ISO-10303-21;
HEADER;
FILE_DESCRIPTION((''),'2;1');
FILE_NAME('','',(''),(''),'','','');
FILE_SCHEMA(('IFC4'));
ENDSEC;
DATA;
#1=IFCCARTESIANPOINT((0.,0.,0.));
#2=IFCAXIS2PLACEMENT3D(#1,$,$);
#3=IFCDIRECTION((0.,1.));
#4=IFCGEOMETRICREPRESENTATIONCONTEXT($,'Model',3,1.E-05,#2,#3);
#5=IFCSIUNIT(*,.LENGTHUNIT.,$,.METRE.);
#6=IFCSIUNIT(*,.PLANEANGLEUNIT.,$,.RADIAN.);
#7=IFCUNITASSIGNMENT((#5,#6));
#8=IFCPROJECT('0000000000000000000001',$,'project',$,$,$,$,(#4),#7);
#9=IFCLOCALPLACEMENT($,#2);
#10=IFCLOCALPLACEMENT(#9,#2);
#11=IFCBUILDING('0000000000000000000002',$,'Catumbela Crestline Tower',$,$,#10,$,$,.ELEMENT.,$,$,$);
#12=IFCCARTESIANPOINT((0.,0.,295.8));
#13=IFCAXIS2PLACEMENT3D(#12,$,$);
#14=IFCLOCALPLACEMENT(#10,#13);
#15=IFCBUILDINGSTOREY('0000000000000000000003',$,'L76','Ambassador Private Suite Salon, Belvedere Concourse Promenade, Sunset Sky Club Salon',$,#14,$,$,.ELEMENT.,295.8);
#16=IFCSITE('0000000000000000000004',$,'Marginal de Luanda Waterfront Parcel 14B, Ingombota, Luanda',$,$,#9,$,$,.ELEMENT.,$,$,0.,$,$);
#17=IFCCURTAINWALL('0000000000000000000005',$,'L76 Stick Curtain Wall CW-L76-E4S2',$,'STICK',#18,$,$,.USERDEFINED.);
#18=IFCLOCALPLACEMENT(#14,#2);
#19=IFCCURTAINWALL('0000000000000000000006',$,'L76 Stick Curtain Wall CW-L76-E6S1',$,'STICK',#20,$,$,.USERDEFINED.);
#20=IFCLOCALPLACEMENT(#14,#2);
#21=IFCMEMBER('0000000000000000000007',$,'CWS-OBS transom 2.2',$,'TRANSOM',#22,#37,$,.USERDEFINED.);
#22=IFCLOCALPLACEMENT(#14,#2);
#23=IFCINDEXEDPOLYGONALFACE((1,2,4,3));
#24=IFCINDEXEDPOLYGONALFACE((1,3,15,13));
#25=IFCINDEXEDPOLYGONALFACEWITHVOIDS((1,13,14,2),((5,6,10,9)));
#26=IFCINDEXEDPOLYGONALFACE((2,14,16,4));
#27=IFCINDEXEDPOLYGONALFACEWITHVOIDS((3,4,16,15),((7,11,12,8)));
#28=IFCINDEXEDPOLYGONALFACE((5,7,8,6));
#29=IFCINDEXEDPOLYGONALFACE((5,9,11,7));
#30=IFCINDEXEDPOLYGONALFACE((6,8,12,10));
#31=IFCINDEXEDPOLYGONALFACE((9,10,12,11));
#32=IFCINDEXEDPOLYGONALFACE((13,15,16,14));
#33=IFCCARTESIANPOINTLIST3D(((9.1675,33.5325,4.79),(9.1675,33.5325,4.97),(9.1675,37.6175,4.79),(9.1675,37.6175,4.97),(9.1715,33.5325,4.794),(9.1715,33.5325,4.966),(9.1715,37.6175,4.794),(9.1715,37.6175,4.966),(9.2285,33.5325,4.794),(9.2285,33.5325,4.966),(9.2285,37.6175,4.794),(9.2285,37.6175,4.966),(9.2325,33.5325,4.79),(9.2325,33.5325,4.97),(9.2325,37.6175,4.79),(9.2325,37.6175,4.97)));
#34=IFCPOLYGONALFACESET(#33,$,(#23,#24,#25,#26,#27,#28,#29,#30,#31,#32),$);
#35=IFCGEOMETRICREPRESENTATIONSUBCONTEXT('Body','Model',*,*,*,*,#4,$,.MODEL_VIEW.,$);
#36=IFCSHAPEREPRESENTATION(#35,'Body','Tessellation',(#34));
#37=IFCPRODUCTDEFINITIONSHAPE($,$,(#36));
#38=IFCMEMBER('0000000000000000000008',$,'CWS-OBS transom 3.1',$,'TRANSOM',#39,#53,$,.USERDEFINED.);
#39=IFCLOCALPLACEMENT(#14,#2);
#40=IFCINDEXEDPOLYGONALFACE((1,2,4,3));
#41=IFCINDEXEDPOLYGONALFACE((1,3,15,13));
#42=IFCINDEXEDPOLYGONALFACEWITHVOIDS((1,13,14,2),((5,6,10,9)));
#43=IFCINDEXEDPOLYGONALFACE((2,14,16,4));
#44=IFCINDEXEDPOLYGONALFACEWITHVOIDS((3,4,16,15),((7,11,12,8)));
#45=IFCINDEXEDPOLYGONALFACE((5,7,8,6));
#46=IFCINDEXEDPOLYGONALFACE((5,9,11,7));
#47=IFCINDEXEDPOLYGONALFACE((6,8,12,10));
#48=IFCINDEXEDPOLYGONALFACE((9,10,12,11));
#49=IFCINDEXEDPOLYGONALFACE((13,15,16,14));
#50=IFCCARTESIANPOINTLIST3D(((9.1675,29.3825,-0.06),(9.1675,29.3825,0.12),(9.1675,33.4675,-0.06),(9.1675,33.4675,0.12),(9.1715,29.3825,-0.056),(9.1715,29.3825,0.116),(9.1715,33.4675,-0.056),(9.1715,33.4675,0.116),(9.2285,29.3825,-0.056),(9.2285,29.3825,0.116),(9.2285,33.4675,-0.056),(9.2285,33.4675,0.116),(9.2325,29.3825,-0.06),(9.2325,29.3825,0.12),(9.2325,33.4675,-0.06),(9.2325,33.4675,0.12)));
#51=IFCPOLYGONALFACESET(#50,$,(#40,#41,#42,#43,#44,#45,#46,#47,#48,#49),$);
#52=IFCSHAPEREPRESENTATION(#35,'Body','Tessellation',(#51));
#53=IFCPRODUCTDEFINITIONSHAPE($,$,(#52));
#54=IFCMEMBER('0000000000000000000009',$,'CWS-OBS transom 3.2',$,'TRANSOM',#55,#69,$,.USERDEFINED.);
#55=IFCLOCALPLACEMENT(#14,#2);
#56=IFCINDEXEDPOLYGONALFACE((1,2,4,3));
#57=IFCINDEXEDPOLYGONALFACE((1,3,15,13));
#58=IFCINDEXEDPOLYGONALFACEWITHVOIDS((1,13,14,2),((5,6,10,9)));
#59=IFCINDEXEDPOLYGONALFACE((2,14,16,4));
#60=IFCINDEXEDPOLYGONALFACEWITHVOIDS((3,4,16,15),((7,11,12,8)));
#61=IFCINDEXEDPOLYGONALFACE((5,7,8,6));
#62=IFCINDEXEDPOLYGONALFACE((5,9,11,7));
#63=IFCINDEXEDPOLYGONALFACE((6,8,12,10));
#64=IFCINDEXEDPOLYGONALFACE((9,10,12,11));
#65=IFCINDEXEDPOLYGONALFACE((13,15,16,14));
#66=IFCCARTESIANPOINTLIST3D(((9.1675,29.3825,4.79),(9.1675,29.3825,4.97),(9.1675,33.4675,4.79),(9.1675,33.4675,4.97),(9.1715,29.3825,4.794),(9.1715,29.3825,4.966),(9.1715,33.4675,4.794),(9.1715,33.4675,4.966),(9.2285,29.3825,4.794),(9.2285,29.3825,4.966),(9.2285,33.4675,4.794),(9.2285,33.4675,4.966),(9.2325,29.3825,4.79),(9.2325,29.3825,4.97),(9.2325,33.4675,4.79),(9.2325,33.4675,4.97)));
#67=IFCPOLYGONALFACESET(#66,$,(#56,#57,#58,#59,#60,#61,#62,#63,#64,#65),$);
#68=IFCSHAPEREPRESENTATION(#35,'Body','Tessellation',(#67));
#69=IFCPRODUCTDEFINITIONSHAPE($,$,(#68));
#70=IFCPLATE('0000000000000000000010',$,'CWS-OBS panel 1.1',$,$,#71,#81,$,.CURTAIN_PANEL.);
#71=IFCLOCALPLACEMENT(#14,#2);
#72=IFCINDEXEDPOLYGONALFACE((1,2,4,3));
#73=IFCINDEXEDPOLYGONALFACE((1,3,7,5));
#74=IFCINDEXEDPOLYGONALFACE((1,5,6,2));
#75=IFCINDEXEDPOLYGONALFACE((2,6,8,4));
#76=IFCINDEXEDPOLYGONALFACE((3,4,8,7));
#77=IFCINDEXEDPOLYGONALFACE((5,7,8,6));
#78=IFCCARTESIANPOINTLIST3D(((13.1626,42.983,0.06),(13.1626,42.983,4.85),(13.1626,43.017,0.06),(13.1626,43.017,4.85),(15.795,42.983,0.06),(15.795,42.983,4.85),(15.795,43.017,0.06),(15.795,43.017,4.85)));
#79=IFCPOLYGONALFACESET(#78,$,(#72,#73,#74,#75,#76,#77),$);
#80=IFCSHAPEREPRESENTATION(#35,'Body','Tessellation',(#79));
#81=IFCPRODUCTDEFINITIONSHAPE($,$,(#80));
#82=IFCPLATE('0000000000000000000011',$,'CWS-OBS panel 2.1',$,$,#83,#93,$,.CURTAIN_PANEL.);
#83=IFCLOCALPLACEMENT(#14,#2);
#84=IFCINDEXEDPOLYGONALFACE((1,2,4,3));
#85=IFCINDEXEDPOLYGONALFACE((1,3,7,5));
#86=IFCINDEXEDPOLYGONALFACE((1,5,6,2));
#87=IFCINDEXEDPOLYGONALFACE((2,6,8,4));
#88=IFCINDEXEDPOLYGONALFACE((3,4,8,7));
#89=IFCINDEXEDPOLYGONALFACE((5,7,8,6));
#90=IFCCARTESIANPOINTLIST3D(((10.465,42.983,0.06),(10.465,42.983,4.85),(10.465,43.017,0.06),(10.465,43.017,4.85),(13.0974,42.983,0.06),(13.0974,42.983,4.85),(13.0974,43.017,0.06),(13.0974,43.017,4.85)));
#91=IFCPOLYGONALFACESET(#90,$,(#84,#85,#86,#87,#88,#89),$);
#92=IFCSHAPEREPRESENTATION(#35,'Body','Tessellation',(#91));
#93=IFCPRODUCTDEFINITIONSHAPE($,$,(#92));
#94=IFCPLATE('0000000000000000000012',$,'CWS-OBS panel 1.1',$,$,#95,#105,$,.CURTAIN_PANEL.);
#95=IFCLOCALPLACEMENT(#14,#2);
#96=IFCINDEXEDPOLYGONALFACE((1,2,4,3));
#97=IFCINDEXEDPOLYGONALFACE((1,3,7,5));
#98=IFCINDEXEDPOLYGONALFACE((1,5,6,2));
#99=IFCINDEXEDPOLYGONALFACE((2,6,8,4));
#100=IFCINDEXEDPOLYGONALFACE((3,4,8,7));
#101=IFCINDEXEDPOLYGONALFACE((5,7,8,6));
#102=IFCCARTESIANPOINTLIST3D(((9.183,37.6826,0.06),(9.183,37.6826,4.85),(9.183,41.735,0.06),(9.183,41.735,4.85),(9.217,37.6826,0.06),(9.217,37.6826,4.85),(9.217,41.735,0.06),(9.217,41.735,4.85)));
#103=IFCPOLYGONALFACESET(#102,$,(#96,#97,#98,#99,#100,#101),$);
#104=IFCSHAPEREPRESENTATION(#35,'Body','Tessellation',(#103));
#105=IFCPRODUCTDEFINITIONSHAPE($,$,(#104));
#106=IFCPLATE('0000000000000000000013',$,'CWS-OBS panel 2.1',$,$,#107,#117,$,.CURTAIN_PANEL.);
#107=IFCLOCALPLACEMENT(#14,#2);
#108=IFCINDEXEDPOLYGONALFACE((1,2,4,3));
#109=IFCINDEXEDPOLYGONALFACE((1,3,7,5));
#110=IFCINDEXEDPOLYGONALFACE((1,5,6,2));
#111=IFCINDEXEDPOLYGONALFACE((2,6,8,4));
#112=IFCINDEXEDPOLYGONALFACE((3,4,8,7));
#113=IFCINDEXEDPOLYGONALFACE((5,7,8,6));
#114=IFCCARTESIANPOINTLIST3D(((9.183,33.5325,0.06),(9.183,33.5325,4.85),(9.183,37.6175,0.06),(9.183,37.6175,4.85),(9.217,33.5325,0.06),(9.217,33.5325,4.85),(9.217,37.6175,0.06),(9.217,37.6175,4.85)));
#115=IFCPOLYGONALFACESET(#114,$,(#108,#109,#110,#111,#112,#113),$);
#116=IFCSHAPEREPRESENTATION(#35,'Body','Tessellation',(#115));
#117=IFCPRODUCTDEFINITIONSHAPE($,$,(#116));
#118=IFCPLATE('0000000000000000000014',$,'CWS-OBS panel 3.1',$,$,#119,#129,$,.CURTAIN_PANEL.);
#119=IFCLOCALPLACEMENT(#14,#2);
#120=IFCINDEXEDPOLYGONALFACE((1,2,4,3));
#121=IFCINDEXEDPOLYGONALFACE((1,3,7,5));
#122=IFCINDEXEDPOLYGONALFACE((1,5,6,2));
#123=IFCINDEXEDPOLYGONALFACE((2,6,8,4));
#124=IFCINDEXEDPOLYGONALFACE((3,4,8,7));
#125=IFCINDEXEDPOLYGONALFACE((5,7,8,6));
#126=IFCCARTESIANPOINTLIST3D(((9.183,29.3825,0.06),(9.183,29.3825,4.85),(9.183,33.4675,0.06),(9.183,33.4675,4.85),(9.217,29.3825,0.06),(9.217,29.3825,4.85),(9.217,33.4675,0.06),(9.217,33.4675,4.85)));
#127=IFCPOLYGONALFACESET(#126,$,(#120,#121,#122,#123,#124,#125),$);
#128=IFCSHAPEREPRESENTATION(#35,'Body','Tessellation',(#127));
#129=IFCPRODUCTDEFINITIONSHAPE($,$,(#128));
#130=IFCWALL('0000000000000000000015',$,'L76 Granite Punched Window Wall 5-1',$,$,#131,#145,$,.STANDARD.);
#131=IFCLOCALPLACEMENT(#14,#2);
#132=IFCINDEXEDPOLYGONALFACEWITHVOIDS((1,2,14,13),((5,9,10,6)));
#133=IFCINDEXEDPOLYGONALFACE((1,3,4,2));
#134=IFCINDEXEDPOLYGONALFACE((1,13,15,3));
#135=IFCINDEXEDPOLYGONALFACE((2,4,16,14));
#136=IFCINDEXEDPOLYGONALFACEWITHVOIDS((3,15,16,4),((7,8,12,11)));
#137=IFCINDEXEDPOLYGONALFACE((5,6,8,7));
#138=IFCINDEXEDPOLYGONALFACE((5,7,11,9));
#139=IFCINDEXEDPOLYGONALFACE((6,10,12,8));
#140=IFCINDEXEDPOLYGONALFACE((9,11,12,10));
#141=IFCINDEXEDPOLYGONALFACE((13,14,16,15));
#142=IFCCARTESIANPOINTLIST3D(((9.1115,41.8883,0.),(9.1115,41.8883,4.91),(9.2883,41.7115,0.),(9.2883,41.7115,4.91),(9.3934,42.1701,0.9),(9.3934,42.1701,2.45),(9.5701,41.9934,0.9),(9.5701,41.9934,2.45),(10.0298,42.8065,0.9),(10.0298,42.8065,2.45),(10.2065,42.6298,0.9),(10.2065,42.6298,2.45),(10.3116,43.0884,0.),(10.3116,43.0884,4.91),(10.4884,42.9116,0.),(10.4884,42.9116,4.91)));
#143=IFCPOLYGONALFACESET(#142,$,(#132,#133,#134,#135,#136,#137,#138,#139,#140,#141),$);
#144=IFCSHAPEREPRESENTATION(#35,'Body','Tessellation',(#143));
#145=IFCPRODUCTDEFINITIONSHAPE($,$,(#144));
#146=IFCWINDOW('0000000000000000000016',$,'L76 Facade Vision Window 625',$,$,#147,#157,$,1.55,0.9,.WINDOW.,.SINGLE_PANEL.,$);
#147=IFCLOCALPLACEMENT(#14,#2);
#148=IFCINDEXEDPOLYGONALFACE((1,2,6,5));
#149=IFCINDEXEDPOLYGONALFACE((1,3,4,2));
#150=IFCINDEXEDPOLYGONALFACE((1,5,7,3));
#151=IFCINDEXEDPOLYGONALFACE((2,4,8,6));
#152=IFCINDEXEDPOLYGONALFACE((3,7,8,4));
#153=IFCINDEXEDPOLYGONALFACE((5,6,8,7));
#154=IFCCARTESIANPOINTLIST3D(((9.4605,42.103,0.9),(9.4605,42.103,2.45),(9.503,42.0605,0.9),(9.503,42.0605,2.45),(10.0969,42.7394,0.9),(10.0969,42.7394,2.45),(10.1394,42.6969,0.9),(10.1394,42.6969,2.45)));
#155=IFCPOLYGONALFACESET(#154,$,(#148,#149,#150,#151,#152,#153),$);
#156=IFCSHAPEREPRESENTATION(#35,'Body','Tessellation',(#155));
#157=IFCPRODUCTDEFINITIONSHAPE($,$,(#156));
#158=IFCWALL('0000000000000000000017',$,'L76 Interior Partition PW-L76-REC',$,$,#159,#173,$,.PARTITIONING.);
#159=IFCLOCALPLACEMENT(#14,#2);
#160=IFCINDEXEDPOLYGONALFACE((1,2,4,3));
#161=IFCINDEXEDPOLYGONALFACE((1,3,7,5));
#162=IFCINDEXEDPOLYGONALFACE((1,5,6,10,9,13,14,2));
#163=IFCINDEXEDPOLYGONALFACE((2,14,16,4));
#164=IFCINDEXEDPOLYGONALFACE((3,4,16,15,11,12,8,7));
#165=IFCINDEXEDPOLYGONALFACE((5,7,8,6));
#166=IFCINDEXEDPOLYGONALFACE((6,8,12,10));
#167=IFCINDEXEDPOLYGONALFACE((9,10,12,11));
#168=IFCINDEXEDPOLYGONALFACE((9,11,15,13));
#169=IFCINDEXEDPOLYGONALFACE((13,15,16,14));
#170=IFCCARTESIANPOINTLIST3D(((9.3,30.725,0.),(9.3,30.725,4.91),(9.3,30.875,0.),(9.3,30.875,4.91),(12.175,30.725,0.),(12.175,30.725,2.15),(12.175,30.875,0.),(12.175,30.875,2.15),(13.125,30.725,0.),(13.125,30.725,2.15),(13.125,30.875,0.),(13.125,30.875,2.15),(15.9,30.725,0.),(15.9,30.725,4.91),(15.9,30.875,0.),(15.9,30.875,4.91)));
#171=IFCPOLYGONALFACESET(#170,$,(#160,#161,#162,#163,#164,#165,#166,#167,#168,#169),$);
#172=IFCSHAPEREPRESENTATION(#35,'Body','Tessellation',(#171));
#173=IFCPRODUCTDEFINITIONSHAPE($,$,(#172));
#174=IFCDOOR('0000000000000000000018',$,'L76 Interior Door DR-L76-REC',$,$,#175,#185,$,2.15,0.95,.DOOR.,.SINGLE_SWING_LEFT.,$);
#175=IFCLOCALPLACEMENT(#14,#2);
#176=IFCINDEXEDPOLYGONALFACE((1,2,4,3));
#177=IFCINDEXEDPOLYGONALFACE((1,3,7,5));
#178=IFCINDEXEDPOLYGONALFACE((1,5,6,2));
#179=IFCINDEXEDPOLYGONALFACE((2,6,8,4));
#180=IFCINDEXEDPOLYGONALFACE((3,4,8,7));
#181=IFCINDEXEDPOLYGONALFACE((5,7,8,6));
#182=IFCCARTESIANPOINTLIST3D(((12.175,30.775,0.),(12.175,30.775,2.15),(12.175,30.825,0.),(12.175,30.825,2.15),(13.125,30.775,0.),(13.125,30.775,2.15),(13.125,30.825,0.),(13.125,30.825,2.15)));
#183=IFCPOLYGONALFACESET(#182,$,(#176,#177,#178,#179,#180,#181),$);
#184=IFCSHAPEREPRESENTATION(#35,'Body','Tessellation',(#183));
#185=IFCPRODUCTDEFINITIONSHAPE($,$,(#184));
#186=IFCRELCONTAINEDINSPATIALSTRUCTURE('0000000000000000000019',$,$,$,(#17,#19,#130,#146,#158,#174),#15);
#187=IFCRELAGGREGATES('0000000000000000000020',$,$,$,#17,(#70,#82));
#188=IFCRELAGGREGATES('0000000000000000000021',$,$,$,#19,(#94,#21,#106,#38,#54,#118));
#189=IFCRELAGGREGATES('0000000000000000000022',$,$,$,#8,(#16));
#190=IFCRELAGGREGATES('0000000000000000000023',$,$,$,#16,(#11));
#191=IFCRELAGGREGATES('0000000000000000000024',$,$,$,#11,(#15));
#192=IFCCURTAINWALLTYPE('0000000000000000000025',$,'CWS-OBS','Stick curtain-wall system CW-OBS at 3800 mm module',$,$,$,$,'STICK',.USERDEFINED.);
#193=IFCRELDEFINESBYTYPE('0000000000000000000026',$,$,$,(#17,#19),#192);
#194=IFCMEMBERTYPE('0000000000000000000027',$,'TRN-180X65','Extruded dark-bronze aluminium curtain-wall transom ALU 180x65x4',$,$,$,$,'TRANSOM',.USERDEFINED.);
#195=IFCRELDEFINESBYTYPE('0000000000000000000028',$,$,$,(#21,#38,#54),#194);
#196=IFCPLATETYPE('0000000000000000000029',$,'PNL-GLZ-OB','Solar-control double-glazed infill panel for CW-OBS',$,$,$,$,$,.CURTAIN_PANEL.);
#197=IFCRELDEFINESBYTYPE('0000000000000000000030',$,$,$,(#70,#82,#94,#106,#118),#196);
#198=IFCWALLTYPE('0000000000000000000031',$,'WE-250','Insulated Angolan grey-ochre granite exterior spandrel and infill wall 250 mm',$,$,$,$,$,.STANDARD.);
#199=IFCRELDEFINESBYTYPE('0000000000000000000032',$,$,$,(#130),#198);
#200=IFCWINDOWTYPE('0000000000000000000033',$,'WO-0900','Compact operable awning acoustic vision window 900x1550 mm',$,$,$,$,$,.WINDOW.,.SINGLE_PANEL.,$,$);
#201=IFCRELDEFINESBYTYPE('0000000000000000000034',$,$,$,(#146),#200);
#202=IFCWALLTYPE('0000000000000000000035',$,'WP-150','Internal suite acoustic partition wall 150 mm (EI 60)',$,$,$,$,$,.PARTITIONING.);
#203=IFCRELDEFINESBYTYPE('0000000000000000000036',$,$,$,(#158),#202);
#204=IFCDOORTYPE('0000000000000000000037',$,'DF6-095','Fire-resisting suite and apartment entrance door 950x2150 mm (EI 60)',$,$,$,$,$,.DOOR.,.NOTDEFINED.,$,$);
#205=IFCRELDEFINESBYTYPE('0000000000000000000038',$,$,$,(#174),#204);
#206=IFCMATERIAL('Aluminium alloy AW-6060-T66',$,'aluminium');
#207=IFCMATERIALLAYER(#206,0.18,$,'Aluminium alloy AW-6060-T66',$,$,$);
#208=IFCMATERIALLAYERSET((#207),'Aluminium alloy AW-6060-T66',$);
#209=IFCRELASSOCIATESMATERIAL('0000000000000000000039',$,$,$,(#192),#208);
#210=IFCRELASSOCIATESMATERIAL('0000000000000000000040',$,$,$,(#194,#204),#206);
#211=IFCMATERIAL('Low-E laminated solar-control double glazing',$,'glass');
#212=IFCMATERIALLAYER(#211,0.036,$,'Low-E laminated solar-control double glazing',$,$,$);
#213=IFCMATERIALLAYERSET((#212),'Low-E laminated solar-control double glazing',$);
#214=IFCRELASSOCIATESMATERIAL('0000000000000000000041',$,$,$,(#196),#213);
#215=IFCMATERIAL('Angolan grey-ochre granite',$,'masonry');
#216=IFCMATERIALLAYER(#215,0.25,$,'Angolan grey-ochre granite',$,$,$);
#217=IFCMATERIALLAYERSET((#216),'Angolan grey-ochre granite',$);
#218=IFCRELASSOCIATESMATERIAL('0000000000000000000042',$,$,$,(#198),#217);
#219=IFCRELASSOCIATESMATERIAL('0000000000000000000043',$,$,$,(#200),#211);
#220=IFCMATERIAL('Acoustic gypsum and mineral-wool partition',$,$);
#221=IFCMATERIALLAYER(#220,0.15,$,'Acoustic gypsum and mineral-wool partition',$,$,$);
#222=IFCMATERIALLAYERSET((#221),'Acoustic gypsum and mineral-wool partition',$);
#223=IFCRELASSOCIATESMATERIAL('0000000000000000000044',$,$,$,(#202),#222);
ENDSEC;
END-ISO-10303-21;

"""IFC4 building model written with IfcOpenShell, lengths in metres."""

from ifc_helpers import new_model, si_unit, direction, frame, frame_2d, origin, origin_2d, place, context, subcontext, project, spatial, rectangle, hollow_rectangle, extrude, material, layer, layer_set, material_profile, profile_set, type_object, element, fill, aggregate, save


model = new_model("IFC4")

# Units and contexts
model_context = context("Model", 3, precision=1e-05, world=origin(), true_north=direction((0.0, 1.0)))
body_context = subcontext(model_context, "Body", "Model", "MODEL_VIEW")
ifc_project = project(units=[si_unit("LENGTHUNIT", "METRE"), si_unit("PLANEANGLEUNIT", "RADIAN")], contexts=[model_context])

# Site, building, storey
site_placement = place(None, origin())
site = spatial("IfcSite", under=ifc_project, at=site_placement, Name="Marginal de Luanda Waterfront Parcel 14B, Ingombota, Luanda", CompositionType="ELEMENT", RefElevation=0.0)
building_placement = place(site_placement, origin())
building = spatial("IfcBuilding", under=site, at=building_placement, Name="Catumbela Crestline Tower", CompositionType="ELEMENT")
storey_placement = place(building_placement, frame((0.0, 0.0, 295.8)))
storey = spatial("IfcBuildingStorey", under=building, at=storey_placement, Name="L76", Description="Ambassador Private Suite Salon, Belvedere Concourse Promenade, Sunset Sky Club Salon", CompositionType="ELEMENT", Elevation=295.8)

# Curtain walls
ifc_material_1 = material(Name="Aluminium alloy AW-6060-T66", Category="aluminium")
ifc_layer_1 = layer(ifc_material_1, 0.18, Name="Aluminium alloy AW-6060-T66")
ifc_layer_set_1 = layer_set([ifc_layer_1], Name="Aluminium alloy AW-6060-T66")
curtain_wall_type = type_object("IfcCurtainWallType", Name="CWS-OBS", Description="Stick curtain-wall system CW-OBS at 3800 mm module", ElementType="STICK", PredefinedType="USERDEFINED", material=ifc_layer_set_1)
curtain_wall_1_placement = place(storey_placement, origin())
curtain_wall_1 = element("IfcCurtainWall", 1, at=curtain_wall_1_placement, inside=storey, type_object=curtain_wall_type, Name="L76 Stick Curtain Wall CW-L76-E4S2", ObjectType="STICK", PredefinedType="USERDEFINED")
curtain_wall_2_placement = place(storey_placement, origin())
curtain_wall_2 = element("IfcCurtainWall", 2, at=curtain_wall_2_placement, inside=storey, type_object=curtain_wall_type, Name="L76 Stick Curtain Wall CW-L76-E6S1", ObjectType="STICK", PredefinedType="USERDEFINED")

# Members
ifc_material_profile_1 = material_profile(ifc_material_1, hollow_rectangle(XDim=0.065, YDim=0.18, WallThickness=0.004, at=origin_2d()), Name="ALU 180x65x4")
ifc_profile_set_1 = profile_set([ifc_material_profile_1], Name="Aluminium alloy AW-6060-T66")
member_type_1 = type_object("IfcMemberType", Name="TRN-180X65", Description="Extruded dark-bronze aluminium curtain-wall transom ALU 180x65x4", ElementType="TRANSOM", PredefinedType="USERDEFINED", material=ifc_profile_set_1)
member_1_placement = place(storey_placement, frame((9.2, 37.6175, 4.88), z_axis=(0.0, -1.0, 0.0), x_axis=(1.0, 0.0, 0.0)))
member_1 = element("IfcMember", 3, at=member_1_placement, type_object=member_type_1, Name="CWS-OBS transom 2.2", ObjectType="TRANSOM", PredefinedType="USERDEFINED", context=body_context, shape_type="SweptSolid", body=[
    extrude(hollow_rectangle(XDim=0.065, YDim=0.18, WallThickness=0.004, at=origin_2d()), origin(), (0.0, 0.0, 1.0), 4.085),
])
member_2_placement = place(storey_placement, frame((9.2, 33.4675, 0.03), z_axis=(0.0, -1.0, 0.0), x_axis=(1.0, 0.0, 0.0)))
member_2 = element("IfcMember", 4, at=member_2_placement, type_object=member_type_1, Name="CWS-OBS transom 3.1", ObjectType="TRANSOM", PredefinedType="USERDEFINED", context=body_context, shape_type="SweptSolid", body=[
    extrude(hollow_rectangle(XDim=0.065, YDim=0.18, WallThickness=0.004, at=origin_2d()), origin(), (0.0, 0.0, 1.0), 4.085),
])
member_3_placement = place(storey_placement, frame((9.2, 33.4675, 4.88), z_axis=(0.0, -1.0, 0.0), x_axis=(1.0, 0.0, 0.0)))
member_3 = element("IfcMember", 5, at=member_3_placement, type_object=member_type_1, Name="CWS-OBS transom 3.2", ObjectType="TRANSOM", PredefinedType="USERDEFINED", context=body_context, shape_type="SweptSolid", body=[
    extrude(hollow_rectangle(XDim=0.065, YDim=0.18, WallThickness=0.004, at=origin_2d()), origin(), (0.0, 0.0, 1.0), 4.085),
])

# Plates
ifc_material_2 = material(Name="Low-E laminated solar-control double glazing", Category="glass")
ifc_layer_2 = layer(ifc_material_2, 0.036, Name="Low-E laminated solar-control double glazing")
ifc_layer_set_2 = layer_set([ifc_layer_2], Name="Low-E laminated solar-control double glazing")
plate_type = type_object("IfcPlateType", Name="PNL-GLZ-OB", Description="Solar-control double-glazed infill panel for CW-OBS", PredefinedType="CURTAIN_PANEL", material=ifc_layer_set_2)
plate_1_placement = place(storey_placement, frame((14.4788, 43.0, 0.06), z_axis=(0.0, 0.0, 1.0), x_axis=(-1.0, 0.0, 0.0)))
plate_1 = element("IfcPlate", 6, at=plate_1_placement, type_object=plate_type, Name="CWS-OBS panel 1.1", PredefinedType="CURTAIN_PANEL", context=body_context, shape_type="SweptSolid", body=[
    extrude(rectangle(XDim=2.6325, YDim=0.034, at=origin_2d()), origin(), (0.0, 0.0, 1.0), 4.79),
])
plate_2_placement = place(storey_placement, frame((11.7812, 43.0, 0.06), z_axis=(0.0, 0.0, 1.0), x_axis=(-1.0, 0.0, 0.0)))
plate_2 = element("IfcPlate", 7, at=plate_2_placement, type_object=plate_type, Name="CWS-OBS panel 2.1", PredefinedType="CURTAIN_PANEL", context=body_context, shape_type="SweptSolid", body=[
    extrude(rectangle(XDim=2.6325, YDim=0.034, at=origin_2d()), origin(), (0.0, 0.0, 1.0), 4.79),
])
aggregate(curtain_wall_1, [plate_1, plate_2])
plate_3_placement = place(storey_placement, frame((9.2, 39.7088, 0.06), z_axis=(0.0, 0.0, 1.0), x_axis=(0.0, -1.0, 0.0)))
plate_3 = element("IfcPlate", 8, at=plate_3_placement, type_object=plate_type, Name="CWS-OBS panel 1.1", PredefinedType="CURTAIN_PANEL", context=body_context, shape_type="SweptSolid", body=[
    extrude(rectangle(XDim=4.0525, YDim=0.034, at=origin_2d()), origin(), (0.0, 0.0, 1.0), 4.79),
])
plate_4_placement = place(storey_placement, frame((9.2, 35.575, 0.06), z_axis=(0.0, 0.0, 1.0), x_axis=(0.0, -1.0, 0.0)))
plate_4 = element("IfcPlate", 9, at=plate_4_placement, type_object=plate_type, Name="CWS-OBS panel 2.1", PredefinedType="CURTAIN_PANEL", context=body_context, shape_type="SweptSolid", body=[
    extrude(rectangle(XDim=4.085, YDim=0.034, at=origin_2d()), origin(), (0.0, 0.0, 1.0), 4.79),
])
plate_5_placement = place(storey_placement, frame((9.2, 31.425, 0.06), z_axis=(0.0, 0.0, 1.0), x_axis=(0.0, -1.0, 0.0)))
plate_5 = element("IfcPlate", 10, at=plate_5_placement, type_object=plate_type, Name="CWS-OBS panel 3.1", PredefinedType="CURTAIN_PANEL", context=body_context, shape_type="SweptSolid", body=[
    extrude(rectangle(XDim=4.085, YDim=0.034, at=origin_2d()), origin(), (0.0, 0.0, 1.0), 4.79),
])
aggregate(curtain_wall_2, [plate_3, member_1, plate_4, member_2, member_3, plate_5])

# Wall, opening, window
ifc_material_3 = material(Name="Angolan grey-ochre granite", Category="masonry")
ifc_layer_3 = layer(ifc_material_3, 0.25, Name="Angolan grey-ochre granite")
ifc_layer_set_3 = layer_set([ifc_layer_3], Name="Angolan grey-ochre granite")
wall_type_1 = type_object("IfcWallType", Name="WE-250", Description="Insulated Angolan grey-ochre granite exterior spandrel and infill wall 250 mm", PredefinedType="STANDARD", material=ifc_layer_set_3)
wall_1_placement = place(storey_placement, frame((10.4, 43.0, 0.0), z_axis=(0.0, 0.0, 1.0), x_axis=(-0.707107, -0.707107, 0.0)))
wall_1 = element("IfcWall", 11, at=wall_1_placement, inside=storey, type_object=wall_type_1, Name="L76 Granite Punched Window Wall 5-1", PredefinedType="STANDARD", context=body_context, shape_type="SweptSolid", body=[
    extrude(rectangle(XDim=1.6971, YDim=0.25, at=frame_2d((0.8486, 0.0))), origin(), (0.0, 0.0, 1.0), 4.91),
])
opening_1_placement = place(wall_1_placement, frame((0.3986, 0.0, 0.9)))
opening_1 = element("IfcOpeningElement", 12, at=opening_1_placement, cuts=wall_1, PredefinedType="OPENING", context=body_context, shape_type="SweptSolid", body=[
    extrude(rectangle(XDim=0.9, YDim=1.55, at=frame_2d((0.45, 0.775))), frame((0.0, 0.135, 0.0), z_axis=(0.0, -1.0, 0.0), x_axis=(1.0, 0.0, 0.0)), (0.0, 0.0, 1.0), 0.27),
])
window_type = type_object("IfcWindowType", Name="WO-0900", Description="Compact operable awning acoustic vision window 900x1550 mm", PartitioningType="SINGLE_PANEL", PredefinedType="WINDOW", material=ifc_material_2)
window_placement = place(opening_1_placement, origin())
window = element("IfcWindow", 13, at=window_placement, inside=storey, type_object=window_type, Name="L76 Facade Vision Window 625", OverallHeight=1.55, OverallWidth=0.9, PartitioningType="SINGLE_PANEL", PredefinedType="WINDOW", context=body_context, shape_type="SweptSolid", body=[
    extrude(rectangle(XDim=0.9, YDim=1.55, at=frame_2d((0.45, 0.775))), frame((0.0, 0.03, 0.0), z_axis=(0.0, -1.0, 0.0), x_axis=(1.0, 0.0, 0.0)), (0.0, 0.0, 1.0), 0.06),
])
fill(opening_1, window)

# Wall, opening, door
ifc_material_4 = material(Name="Acoustic gypsum and mineral-wool partition")
ifc_layer_4 = layer(ifc_material_4, 0.15, Name="Acoustic gypsum and mineral-wool partition")
ifc_layer_set_4 = layer_set([ifc_layer_4], Name="Acoustic gypsum and mineral-wool partition")
wall_type_2 = type_object("IfcWallType", Name="WP-150", Description="Internal suite acoustic partition wall 150 mm (EI 60)", PredefinedType="PARTITIONING", material=ifc_layer_set_4)
wall_2_placement = place(storey_placement, frame((9.3, 30.8, 0.0), z_axis=(0.0, 0.0, 1.0), x_axis=(1.0, 0.0, 0.0)))
wall_2 = element("IfcWall", 14, at=wall_2_placement, inside=storey, type_object=wall_type_2, Name="L76 Interior Partition PW-L76-REC", PredefinedType="PARTITIONING", context=body_context, shape_type="SweptSolid", body=[
    extrude(rectangle(XDim=6.6, YDim=0.15, at=frame_2d((3.3, 0.0))), origin(), (0.0, 0.0, 1.0), 4.91),
])
opening_2_placement = place(wall_2_placement, frame((2.875, 0.0, 0.0)))
opening_2 = element("IfcOpeningElement", 15, at=opening_2_placement, cuts=wall_2, PredefinedType="OPENING", context=body_context, shape_type="SweptSolid", body=[
    extrude(rectangle(XDim=0.95, YDim=2.15, at=frame_2d((0.475, 1.075))), frame((0.0, 0.085, 0.0), z_axis=(0.0, -1.0, 0.0), x_axis=(1.0, 0.0, 0.0)), (0.0, 0.0, 1.0), 0.17),
])
door_type = type_object("IfcDoorType", Name="DF6-095", Description="Fire-resisting suite and apartment entrance door 950x2150 mm (EI 60)", OperationType="NOTDEFINED", PredefinedType="DOOR", material=ifc_material_1)
door_placement = place(opening_2_placement, origin())
door = element("IfcDoor", 16, at=door_placement, inside=storey, type_object=door_type, Name="L76 Interior Door DR-L76-REC", OperationType="SINGLE_SWING_LEFT", OverallHeight=2.15, OverallWidth=0.95, PredefinedType="DOOR", context=body_context, shape_type="SweptSolid", body=[
    extrude(rectangle(XDim=0.95, YDim=2.15, at=frame_2d((0.475, 1.075))), frame((0.0, 0.025, 0.0), z_axis=(0.0, -1.0, 0.0), x_axis=(1.0, 0.0, 0.0)), (0.0, 0.0, 1.0), 0.05),
])
fill(opening_2, door)

save(model, "model.ifc")
